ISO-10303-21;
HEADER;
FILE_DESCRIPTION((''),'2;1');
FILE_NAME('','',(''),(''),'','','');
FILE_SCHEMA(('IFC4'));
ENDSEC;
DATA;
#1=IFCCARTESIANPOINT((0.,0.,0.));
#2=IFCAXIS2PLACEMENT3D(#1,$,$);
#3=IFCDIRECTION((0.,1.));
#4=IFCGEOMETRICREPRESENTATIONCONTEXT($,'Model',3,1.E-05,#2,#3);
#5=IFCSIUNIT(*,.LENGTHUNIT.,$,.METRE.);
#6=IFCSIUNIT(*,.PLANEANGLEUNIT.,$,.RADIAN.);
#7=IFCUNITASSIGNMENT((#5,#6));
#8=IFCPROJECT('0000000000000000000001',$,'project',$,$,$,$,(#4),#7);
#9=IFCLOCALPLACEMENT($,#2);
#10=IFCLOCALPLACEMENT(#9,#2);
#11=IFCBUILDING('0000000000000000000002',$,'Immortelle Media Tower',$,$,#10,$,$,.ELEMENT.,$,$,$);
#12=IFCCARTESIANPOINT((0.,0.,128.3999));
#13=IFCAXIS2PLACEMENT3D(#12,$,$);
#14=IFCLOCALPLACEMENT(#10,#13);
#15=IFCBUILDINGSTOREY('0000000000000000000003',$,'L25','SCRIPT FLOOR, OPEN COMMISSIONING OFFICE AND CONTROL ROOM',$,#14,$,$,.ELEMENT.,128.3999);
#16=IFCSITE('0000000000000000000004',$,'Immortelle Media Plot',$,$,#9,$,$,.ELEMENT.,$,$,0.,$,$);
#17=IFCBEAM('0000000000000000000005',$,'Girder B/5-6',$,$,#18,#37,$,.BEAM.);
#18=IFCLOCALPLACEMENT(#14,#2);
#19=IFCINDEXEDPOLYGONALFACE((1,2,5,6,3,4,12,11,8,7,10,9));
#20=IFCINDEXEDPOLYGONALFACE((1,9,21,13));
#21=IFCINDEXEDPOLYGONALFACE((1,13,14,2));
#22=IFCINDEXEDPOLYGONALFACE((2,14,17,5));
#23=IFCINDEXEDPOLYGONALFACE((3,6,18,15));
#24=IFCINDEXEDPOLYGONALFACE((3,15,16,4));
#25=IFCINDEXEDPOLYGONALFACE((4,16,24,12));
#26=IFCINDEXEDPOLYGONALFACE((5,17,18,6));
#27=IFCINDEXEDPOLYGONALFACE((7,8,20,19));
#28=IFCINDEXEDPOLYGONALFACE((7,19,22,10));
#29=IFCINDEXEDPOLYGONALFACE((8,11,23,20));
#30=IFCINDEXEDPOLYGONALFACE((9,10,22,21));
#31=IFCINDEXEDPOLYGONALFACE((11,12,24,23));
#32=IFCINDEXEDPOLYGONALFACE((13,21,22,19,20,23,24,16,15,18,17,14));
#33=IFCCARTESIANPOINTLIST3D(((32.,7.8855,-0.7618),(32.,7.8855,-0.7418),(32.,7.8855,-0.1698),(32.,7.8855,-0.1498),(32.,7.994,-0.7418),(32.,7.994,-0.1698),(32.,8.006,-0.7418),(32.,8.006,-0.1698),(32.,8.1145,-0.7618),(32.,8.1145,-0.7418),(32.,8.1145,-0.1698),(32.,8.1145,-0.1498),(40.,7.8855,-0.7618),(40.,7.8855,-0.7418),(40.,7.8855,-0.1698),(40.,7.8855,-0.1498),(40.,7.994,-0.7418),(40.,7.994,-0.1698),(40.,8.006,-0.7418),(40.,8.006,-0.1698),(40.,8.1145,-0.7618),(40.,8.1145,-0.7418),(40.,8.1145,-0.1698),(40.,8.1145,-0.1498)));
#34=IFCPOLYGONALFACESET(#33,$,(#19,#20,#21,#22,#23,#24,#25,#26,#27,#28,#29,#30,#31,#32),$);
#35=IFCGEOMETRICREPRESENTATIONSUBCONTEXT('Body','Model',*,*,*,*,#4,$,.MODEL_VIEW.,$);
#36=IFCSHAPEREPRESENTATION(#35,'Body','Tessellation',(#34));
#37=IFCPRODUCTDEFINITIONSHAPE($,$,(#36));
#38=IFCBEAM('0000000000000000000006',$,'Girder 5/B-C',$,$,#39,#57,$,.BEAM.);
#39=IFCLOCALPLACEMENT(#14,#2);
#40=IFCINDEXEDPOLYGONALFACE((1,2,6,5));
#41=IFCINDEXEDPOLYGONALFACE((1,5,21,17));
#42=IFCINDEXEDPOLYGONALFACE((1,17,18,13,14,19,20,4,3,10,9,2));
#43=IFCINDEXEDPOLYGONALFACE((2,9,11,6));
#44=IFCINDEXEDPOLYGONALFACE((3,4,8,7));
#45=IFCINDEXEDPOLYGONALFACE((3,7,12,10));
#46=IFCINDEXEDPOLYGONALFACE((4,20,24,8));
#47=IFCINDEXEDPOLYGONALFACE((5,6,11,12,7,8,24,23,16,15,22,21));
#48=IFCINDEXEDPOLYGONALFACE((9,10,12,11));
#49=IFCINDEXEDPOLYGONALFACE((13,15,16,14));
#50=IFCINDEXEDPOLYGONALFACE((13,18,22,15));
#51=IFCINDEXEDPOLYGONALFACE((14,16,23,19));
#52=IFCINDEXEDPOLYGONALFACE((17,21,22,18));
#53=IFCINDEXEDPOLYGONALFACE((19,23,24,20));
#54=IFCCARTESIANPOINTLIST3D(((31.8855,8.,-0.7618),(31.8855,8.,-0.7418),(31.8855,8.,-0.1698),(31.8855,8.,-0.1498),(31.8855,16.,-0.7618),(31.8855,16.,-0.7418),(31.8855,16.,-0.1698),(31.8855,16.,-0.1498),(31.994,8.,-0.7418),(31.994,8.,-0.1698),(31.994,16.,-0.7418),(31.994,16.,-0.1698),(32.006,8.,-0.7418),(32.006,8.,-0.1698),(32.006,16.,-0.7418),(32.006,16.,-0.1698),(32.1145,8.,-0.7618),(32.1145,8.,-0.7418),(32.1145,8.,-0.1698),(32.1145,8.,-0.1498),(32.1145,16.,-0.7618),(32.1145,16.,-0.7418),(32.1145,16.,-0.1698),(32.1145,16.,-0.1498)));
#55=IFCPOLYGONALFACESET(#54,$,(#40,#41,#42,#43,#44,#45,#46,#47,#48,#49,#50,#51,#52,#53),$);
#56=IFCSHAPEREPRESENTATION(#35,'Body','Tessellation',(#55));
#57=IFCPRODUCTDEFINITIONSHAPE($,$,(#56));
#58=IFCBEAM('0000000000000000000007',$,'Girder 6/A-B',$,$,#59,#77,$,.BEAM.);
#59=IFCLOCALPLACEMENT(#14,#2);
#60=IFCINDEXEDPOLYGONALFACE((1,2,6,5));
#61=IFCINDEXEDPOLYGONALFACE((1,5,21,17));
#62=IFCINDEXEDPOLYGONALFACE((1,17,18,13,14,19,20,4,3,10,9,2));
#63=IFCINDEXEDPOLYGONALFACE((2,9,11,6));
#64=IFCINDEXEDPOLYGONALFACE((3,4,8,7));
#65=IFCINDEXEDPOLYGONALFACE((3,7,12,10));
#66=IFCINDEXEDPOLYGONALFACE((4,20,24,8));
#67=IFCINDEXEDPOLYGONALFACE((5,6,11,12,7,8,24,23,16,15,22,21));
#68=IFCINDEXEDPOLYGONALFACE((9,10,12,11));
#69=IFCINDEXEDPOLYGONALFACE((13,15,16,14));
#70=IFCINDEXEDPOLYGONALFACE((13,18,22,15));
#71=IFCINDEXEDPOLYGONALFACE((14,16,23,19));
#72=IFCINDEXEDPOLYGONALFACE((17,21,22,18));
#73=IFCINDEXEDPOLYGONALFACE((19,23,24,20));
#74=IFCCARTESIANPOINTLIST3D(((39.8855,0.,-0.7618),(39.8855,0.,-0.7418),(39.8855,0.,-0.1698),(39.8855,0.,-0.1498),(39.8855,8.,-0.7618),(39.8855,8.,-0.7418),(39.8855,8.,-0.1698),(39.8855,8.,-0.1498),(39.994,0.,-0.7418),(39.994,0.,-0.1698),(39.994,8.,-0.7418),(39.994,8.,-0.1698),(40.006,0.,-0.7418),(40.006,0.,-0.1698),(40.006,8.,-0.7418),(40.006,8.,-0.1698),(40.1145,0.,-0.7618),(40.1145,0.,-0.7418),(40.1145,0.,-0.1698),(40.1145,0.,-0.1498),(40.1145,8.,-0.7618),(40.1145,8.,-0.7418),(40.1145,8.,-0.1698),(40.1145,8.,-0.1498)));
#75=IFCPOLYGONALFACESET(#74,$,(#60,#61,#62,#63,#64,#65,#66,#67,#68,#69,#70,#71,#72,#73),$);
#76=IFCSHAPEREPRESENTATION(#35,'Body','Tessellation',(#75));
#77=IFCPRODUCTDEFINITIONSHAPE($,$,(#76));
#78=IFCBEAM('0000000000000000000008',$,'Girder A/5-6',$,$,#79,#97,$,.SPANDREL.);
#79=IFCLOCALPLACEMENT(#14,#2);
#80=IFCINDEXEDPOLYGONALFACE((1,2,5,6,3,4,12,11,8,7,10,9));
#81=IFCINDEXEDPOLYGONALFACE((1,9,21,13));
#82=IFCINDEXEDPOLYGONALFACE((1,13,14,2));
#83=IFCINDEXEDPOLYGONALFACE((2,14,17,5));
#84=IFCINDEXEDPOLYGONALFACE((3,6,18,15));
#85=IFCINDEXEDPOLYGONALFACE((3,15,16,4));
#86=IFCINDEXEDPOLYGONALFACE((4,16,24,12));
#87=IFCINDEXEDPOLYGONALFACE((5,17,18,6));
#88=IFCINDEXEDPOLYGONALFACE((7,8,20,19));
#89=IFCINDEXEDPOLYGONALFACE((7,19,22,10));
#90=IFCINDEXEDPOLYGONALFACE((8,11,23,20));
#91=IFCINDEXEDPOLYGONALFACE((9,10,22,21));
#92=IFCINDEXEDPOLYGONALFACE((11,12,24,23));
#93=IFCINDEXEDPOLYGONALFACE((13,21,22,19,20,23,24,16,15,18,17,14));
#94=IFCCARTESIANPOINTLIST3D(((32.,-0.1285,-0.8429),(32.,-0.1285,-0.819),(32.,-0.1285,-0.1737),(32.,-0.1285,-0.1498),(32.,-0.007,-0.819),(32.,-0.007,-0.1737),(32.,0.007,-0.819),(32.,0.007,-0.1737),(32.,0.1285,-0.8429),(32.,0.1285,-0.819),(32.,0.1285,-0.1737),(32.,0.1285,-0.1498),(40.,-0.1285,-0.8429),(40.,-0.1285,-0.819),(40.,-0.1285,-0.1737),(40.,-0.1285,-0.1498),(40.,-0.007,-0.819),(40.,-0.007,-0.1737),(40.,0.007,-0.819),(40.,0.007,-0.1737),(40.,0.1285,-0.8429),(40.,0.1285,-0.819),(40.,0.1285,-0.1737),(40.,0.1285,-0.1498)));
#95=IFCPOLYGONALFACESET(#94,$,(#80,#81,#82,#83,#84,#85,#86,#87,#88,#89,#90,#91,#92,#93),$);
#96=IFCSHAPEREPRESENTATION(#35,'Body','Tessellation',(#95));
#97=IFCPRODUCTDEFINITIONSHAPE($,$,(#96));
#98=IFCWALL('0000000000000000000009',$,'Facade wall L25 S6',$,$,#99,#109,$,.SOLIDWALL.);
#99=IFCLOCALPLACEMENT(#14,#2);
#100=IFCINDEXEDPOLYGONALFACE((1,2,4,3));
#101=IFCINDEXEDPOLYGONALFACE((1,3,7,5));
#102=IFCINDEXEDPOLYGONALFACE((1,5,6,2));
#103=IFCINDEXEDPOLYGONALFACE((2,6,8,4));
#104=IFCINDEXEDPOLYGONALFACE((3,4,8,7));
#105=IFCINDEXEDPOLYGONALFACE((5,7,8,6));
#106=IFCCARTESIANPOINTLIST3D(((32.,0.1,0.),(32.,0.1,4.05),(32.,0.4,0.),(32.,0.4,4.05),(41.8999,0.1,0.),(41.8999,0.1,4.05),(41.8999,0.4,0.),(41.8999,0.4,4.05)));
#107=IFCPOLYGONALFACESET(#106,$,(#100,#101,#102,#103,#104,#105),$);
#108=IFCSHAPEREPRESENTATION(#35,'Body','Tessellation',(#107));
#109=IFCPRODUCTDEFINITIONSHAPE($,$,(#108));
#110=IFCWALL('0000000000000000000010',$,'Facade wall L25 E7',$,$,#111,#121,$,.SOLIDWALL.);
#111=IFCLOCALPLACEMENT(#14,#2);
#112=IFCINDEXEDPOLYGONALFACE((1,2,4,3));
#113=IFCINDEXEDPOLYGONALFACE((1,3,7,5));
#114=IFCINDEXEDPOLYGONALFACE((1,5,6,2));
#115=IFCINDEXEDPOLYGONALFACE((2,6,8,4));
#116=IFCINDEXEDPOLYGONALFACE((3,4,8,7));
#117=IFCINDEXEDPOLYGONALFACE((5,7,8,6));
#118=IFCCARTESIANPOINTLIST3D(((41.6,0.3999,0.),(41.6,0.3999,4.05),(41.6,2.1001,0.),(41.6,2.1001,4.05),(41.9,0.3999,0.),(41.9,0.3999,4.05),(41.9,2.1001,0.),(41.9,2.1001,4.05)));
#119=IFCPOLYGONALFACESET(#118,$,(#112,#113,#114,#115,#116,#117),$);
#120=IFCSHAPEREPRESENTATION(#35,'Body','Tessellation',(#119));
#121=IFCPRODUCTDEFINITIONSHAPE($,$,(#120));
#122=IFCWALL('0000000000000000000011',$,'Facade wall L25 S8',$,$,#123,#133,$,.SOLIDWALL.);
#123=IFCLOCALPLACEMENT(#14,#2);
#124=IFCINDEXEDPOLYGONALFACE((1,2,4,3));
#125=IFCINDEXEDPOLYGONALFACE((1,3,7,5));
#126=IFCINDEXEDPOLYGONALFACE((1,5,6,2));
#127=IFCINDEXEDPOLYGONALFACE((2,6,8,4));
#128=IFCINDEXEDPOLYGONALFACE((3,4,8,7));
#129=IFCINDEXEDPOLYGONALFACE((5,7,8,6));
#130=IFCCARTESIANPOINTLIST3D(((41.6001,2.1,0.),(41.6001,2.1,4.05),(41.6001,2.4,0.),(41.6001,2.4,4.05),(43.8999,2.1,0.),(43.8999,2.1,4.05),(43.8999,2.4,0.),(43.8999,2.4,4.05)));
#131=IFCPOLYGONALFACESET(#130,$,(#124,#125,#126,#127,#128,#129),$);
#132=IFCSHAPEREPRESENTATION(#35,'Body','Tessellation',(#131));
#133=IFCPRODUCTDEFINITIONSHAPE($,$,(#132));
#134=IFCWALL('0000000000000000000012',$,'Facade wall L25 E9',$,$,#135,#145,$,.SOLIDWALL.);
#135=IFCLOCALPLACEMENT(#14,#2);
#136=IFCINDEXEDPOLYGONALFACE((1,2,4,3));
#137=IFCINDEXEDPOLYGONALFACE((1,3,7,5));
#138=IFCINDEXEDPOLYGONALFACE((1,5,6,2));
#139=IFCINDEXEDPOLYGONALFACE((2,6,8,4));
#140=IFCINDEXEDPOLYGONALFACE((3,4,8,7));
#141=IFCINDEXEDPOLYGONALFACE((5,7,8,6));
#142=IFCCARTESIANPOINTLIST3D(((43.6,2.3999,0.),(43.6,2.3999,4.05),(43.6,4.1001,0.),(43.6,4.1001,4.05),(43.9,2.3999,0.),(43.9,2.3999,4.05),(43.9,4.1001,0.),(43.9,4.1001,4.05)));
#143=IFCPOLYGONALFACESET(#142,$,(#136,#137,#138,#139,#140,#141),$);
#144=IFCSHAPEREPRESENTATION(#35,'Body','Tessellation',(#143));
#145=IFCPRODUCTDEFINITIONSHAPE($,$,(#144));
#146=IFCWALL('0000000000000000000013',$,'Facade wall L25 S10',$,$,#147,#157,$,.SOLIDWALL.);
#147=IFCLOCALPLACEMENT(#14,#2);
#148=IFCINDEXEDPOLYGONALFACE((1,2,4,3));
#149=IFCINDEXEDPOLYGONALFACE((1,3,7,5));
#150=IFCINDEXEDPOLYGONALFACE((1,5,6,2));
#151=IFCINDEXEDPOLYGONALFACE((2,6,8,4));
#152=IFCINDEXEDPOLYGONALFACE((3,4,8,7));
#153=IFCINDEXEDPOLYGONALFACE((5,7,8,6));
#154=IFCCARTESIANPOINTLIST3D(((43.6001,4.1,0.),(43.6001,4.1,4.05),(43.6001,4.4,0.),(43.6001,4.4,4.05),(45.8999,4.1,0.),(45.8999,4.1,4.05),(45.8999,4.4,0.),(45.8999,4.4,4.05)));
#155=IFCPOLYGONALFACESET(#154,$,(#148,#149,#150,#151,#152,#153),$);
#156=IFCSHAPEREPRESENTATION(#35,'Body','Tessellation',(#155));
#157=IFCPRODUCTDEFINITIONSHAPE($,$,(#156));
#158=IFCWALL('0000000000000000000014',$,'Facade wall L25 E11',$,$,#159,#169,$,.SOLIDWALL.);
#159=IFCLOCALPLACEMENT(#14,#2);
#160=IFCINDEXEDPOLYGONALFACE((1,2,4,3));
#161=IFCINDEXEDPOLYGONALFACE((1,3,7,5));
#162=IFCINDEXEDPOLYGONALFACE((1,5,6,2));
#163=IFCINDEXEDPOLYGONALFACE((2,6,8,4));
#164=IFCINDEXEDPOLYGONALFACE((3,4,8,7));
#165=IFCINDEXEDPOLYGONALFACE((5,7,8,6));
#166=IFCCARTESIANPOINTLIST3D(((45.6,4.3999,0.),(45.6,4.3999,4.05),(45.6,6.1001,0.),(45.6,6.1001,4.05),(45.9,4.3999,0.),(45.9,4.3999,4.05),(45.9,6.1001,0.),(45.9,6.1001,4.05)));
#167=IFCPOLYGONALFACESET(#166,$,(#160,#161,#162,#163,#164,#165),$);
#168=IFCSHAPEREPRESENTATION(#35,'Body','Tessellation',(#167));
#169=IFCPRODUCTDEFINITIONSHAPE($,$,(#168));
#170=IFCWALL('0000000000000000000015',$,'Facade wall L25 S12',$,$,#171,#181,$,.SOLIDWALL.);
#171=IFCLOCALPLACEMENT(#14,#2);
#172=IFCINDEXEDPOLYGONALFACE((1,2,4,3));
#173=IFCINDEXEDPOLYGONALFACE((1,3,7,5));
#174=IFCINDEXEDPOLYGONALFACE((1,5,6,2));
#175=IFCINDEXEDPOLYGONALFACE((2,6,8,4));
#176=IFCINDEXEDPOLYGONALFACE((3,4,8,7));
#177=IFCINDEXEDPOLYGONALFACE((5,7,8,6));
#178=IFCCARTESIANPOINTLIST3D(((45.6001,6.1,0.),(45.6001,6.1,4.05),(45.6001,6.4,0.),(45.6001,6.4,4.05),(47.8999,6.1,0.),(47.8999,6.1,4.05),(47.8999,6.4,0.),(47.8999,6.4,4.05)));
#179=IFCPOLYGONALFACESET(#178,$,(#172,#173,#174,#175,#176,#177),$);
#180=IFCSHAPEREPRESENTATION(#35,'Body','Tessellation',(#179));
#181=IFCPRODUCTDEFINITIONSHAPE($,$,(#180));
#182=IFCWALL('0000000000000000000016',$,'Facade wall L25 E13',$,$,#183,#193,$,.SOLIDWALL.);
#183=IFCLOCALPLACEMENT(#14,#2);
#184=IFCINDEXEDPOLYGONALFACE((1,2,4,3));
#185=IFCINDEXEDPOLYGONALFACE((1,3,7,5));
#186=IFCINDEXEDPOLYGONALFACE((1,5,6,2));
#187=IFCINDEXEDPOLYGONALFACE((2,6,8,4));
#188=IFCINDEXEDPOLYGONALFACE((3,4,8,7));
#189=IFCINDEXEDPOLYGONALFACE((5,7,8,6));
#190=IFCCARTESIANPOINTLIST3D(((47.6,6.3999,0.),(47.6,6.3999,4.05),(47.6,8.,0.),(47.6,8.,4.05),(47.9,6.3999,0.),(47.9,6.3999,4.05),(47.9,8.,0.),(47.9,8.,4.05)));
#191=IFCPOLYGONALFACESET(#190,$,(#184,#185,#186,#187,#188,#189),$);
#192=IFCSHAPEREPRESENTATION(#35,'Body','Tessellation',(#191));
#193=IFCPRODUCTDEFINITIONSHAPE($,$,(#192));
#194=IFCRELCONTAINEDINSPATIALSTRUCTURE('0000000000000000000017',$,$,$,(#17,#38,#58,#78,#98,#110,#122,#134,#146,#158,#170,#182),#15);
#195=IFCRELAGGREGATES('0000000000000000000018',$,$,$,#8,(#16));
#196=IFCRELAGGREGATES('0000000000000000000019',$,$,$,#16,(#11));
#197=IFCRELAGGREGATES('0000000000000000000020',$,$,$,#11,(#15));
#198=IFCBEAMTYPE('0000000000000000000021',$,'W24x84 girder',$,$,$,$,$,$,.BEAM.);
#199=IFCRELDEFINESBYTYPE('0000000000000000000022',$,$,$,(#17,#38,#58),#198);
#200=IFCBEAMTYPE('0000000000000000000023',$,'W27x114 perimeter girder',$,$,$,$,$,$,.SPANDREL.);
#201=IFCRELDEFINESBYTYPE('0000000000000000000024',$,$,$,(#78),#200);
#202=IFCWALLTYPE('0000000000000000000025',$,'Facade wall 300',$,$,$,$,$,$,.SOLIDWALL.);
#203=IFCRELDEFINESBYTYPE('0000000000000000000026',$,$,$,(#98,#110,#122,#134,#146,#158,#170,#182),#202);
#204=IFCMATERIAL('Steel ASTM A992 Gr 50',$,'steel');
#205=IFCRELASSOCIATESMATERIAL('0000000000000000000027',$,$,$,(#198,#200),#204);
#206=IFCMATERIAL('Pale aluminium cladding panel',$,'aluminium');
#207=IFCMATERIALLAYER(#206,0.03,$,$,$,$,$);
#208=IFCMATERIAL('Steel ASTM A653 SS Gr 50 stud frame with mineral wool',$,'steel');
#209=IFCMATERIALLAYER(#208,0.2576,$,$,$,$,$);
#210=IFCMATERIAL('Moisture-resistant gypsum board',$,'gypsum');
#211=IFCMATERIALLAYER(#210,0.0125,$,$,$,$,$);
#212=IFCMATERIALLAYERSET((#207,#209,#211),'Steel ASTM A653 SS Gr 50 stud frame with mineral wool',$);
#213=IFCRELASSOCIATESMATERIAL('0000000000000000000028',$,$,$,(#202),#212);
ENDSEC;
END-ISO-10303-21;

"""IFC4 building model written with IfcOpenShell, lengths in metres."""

from ifc_helpers import new_model, si_unit, direction, frame, frame_2d, origin, origin_2d, place, context, subcontext, project, spatial, rectangle, i_section, extrude, material, layer, layer_set, material_profile, profile_set, type_object, element, save


model = new_model("IFC4")

# Units and contexts
model_context = context("Model", 3, precision=1e-05, world=origin(), true_north=direction((0.0, 1.0)))
body_context = subcontext(model_context, "Body", "Model", "MODEL_VIEW")
ifc_project = project(units=[si_unit("LENGTHUNIT", "METRE"), si_unit("PLANEANGLEUNIT", "RADIAN")], contexts=[model_context])

# Site, building, storey
site_placement = place(None, origin())
site = spatial("IfcSite", under=ifc_project, at=site_placement, Name="Immortelle Media Plot", CompositionType="ELEMENT", RefElevation=0.0)
building_placement = place(site_placement, origin())
building = spatial("IfcBuilding", under=site, at=building_placement, Name="Immortelle Media Tower", CompositionType="ELEMENT")
storey_placement = place(building_placement, frame((0.0, 0.0, 128.3999)))
storey = spatial("IfcBuildingStorey", under=building, at=storey_placement, Name="L25", Description="SCRIPT FLOOR, OPEN COMMISSIONING OFFICE AND CONTROL ROOM", CompositionType="ELEMENT", Elevation=128.3999)

# Shared definitions
ifc_material_1 = material(Name="Steel ASTM A992 Gr 50", Category="steel")

# Beams
ifc_material_profile_1 = material_profile(ifc_material_1, i_section(OverallWidth=0.229, OverallDepth=0.6121, WebThickness=0.012, FlangeThickness=0.02, at=origin_2d()), Name="W24x84")
ifc_profile_set_1 = profile_set([ifc_material_profile_1], Name="Steel ASTM A992 Gr 50")
beam_type_1 = type_object("IfcBeamType", Name="W24x84 girder", PredefinedType="BEAM", material=ifc_profile_set_1)
for number, where, z_axis, x_axis, name in (
    (1, (32.0, 8.0, -0.4558), (1.0, 0.0, 0.0), (0.0, 1.0, 0.0), "Girder B/5-6"),
    (2, (32.0, 8.0, -0.4558), (0.0, 1.0, 0.0), (-1.0, 0.0, 0.0), "Girder 5/B-C"),
    (3, (40.0, 0.0, -0.4558), (0.0, 1.0, 0.0), (-1.0, 0.0, 0.0), "Girder 6/A-B"),
):
    element("IfcBeam", number, at=place(storey_placement, frame(where, z_axis=z_axis, x_axis=x_axis)), inside=storey, type_object=beam_type_1, Name=name, PredefinedType="BEAM", context=body_context, shape_type="SweptSolid", body=[
        extrude(i_section(OverallWidth=0.229, OverallDepth=0.6121, WebThickness=0.012, FlangeThickness=0.02, at=origin_2d()), origin(), (0.0, 0.0, 1.0), 8.0),
    ])
ifc_material_profile_2 = material_profile(ifc_material_1, i_section(OverallWidth=0.2571, OverallDepth=0.6931, WebThickness=0.0139, FlangeThickness=0.0239, at=origin_2d()), Name="W27x114")
ifc_profile_set_2 = profile_set([ifc_material_profile_2], Name="Steel ASTM A992 Gr 50")
beam_type_2 = type_object("IfcBeamType", Name="W27x114 perimeter girder", PredefinedType="SPANDREL", material=ifc_profile_set_2)
beam_1_placement = place(storey_placement, frame((32.0, 0.0, -0.4963), z_axis=(1.0, 0.0, 0.0), x_axis=(0.0, 1.0, 0.0)))
element("IfcBeam", 4, at=beam_1_placement, inside=storey, type_object=beam_type_2, Name="Girder A/5-6", PredefinedType="SPANDREL", context=body_context, shape_type="SweptSolid", body=[
    extrude(i_section(OverallWidth=0.2571, OverallDepth=0.6931, WebThickness=0.0139, FlangeThickness=0.0239, at=origin_2d()), origin(), (0.0, 0.0, 1.0), 8.0),
])

# Walls
ifc_material_2 = material(Name="Pale aluminium cladding panel", Category="aluminium")
ifc_layer_1 = layer(ifc_material_2, 0.03)
ifc_material_3 = material(Name="Steel ASTM A653 SS Gr 50 stud frame with mineral wool", Category="steel")
ifc_layer_2 = layer(ifc_material_3, 0.2576)
ifc_material_4 = material(Name="Moisture-resistant gypsum board", Category="gypsum")
ifc_layer_3 = layer(ifc_material_4, 0.0125)
ifc_layer_set = layer_set([ifc_layer_1, ifc_layer_2, ifc_layer_3], Name="Steel ASTM A653 SS Gr 50 stud frame with mineral wool")
wall_type = type_object("IfcWallType", Name="Facade wall 300", PredefinedType="SOLIDWALL", material=ifc_layer_set)
wall_1_placement = place(storey_placement, frame((32.0, 0.25, 0.0), z_axis=(0.0, 0.0, 1.0), x_axis=(1.0, 0.0, 0.0)))
element("IfcWall", 5, at=wall_1_placement, inside=storey, type_object=wall_type, Name="Facade wall L25 S6", PredefinedType="SOLIDWALL", context=body_context, shape_type="SweptSolid", body=[
    extrude(rectangle(XDim=9.8999, YDim=0.3, at=frame_2d((4.95, 0.0))), origin(), (0.0, 0.0, 1.0), 4.05),
])
wall_2_placement = place(storey_placement, frame((41.75, 0.3999, 0.0), z_axis=(0.0, 0.0, 1.0), x_axis=(0.0, 1.0, 0.0)))
element("IfcWall", 6, at=wall_2_placement, inside=storey, type_object=wall_type, Name="Facade wall L25 E7", PredefinedType="SOLIDWALL", context=body_context, shape_type="SweptSolid", body=[
    extrude(rectangle(XDim=1.7002, YDim=0.3, at=frame_2d((0.8501, 0.0))), origin(), (0.0, 0.0, 1.0), 4.05),
])
wall_3_placement = place(storey_placement, frame((41.6001, 2.25, 0.0), z_axis=(0.0, 0.0, 1.0), x_axis=(1.0, 0.0, 0.0)))
element("IfcWall", 7, at=wall_3_placement, inside=storey, type_object=wall_type, Name="Facade wall L25 S8", PredefinedType="SOLIDWALL", context=body_context, shape_type="SweptSolid", body=[
    extrude(rectangle(XDim=2.2998, YDim=0.3, at=frame_2d((1.1499, 0.0))), origin(), (0.0, 0.0, 1.0), 4.05),
])
wall_4_placement = place(storey_placement, frame((43.75, 2.3999, 0.0), z_axis=(0.0, 0.0, 1.0), x_axis=(0.0, 1.0, 0.0)))
element("IfcWall", 8, at=wall_4_placement, inside=storey, type_object=wall_type, Name="Facade wall L25 E9", PredefinedType="SOLIDWALL", context=body_context, shape_type="SweptSolid", body=[
    extrude(rectangle(XDim=1.7002, YDim=0.3, at=frame_2d((0.8501, 0.0))), origin(), (0.0, 0.0, 1.0), 4.05),
])
wall_5_placement = place(storey_placement, frame((43.6001, 4.25, 0.0), z_axis=(0.0, 0.0, 1.0), x_axis=(1.0, 0.0, 0.0)))
element("IfcWall", 9, at=wall_5_placement, inside=storey, type_object=wall_type, Name="Facade wall L25 S10", PredefinedType="SOLIDWALL", context=body_context, shape_type="SweptSolid", body=[
    extrude(rectangle(XDim=2.2998, YDim=0.3, at=frame_2d((1.1499, 0.0))), origin(), (0.0, 0.0, 1.0), 4.05),
])
wall_6_placement = place(storey_placement, frame((45.75, 4.3999, 0.0), z_axis=(0.0, 0.0, 1.0), x_axis=(0.0, 1.0, 0.0)))
element("IfcWall", 10, at=wall_6_placement, inside=storey, type_object=wall_type, Name="Facade wall L25 E11", PredefinedType="SOLIDWALL", context=body_context, shape_type="SweptSolid", body=[
    extrude(rectangle(XDim=1.7002, YDim=0.3, at=frame_2d((0.8501, 0.0))), origin(), (0.0, 0.0, 1.0), 4.05),
])
wall_7_placement = place(storey_placement, frame((45.6001, 6.25, 0.0), z_axis=(0.0, 0.0, 1.0), x_axis=(1.0, 0.0, 0.0)))
element("IfcWall", 11, at=wall_7_placement, inside=storey, type_object=wall_type, Name="Facade wall L25 S12", PredefinedType="SOLIDWALL", context=body_context, shape_type="SweptSolid", body=[
    extrude(rectangle(XDim=2.2998, YDim=0.3, at=frame_2d((1.1499, 0.0))), origin(), (0.0, 0.0, 1.0), 4.05),
])
wall_8_placement = place(storey_placement, frame((47.75, 6.3999, 0.0), z_axis=(0.0, 0.0, 1.0), x_axis=(0.0, 1.0, 0.0)))
element("IfcWall", 12, at=wall_8_placement, inside=storey, type_object=wall_type, Name="Facade wall L25 E13", PredefinedType="SOLIDWALL", context=body_context, shape_type="SweptSolid", body=[
    extrude(rectangle(XDim=1.6001, YDim=0.3, at=frame_2d((0.8, 0.0))), origin(), (0.0, 0.0, 1.0), 4.05),
])

save(model, "model.ifc")
